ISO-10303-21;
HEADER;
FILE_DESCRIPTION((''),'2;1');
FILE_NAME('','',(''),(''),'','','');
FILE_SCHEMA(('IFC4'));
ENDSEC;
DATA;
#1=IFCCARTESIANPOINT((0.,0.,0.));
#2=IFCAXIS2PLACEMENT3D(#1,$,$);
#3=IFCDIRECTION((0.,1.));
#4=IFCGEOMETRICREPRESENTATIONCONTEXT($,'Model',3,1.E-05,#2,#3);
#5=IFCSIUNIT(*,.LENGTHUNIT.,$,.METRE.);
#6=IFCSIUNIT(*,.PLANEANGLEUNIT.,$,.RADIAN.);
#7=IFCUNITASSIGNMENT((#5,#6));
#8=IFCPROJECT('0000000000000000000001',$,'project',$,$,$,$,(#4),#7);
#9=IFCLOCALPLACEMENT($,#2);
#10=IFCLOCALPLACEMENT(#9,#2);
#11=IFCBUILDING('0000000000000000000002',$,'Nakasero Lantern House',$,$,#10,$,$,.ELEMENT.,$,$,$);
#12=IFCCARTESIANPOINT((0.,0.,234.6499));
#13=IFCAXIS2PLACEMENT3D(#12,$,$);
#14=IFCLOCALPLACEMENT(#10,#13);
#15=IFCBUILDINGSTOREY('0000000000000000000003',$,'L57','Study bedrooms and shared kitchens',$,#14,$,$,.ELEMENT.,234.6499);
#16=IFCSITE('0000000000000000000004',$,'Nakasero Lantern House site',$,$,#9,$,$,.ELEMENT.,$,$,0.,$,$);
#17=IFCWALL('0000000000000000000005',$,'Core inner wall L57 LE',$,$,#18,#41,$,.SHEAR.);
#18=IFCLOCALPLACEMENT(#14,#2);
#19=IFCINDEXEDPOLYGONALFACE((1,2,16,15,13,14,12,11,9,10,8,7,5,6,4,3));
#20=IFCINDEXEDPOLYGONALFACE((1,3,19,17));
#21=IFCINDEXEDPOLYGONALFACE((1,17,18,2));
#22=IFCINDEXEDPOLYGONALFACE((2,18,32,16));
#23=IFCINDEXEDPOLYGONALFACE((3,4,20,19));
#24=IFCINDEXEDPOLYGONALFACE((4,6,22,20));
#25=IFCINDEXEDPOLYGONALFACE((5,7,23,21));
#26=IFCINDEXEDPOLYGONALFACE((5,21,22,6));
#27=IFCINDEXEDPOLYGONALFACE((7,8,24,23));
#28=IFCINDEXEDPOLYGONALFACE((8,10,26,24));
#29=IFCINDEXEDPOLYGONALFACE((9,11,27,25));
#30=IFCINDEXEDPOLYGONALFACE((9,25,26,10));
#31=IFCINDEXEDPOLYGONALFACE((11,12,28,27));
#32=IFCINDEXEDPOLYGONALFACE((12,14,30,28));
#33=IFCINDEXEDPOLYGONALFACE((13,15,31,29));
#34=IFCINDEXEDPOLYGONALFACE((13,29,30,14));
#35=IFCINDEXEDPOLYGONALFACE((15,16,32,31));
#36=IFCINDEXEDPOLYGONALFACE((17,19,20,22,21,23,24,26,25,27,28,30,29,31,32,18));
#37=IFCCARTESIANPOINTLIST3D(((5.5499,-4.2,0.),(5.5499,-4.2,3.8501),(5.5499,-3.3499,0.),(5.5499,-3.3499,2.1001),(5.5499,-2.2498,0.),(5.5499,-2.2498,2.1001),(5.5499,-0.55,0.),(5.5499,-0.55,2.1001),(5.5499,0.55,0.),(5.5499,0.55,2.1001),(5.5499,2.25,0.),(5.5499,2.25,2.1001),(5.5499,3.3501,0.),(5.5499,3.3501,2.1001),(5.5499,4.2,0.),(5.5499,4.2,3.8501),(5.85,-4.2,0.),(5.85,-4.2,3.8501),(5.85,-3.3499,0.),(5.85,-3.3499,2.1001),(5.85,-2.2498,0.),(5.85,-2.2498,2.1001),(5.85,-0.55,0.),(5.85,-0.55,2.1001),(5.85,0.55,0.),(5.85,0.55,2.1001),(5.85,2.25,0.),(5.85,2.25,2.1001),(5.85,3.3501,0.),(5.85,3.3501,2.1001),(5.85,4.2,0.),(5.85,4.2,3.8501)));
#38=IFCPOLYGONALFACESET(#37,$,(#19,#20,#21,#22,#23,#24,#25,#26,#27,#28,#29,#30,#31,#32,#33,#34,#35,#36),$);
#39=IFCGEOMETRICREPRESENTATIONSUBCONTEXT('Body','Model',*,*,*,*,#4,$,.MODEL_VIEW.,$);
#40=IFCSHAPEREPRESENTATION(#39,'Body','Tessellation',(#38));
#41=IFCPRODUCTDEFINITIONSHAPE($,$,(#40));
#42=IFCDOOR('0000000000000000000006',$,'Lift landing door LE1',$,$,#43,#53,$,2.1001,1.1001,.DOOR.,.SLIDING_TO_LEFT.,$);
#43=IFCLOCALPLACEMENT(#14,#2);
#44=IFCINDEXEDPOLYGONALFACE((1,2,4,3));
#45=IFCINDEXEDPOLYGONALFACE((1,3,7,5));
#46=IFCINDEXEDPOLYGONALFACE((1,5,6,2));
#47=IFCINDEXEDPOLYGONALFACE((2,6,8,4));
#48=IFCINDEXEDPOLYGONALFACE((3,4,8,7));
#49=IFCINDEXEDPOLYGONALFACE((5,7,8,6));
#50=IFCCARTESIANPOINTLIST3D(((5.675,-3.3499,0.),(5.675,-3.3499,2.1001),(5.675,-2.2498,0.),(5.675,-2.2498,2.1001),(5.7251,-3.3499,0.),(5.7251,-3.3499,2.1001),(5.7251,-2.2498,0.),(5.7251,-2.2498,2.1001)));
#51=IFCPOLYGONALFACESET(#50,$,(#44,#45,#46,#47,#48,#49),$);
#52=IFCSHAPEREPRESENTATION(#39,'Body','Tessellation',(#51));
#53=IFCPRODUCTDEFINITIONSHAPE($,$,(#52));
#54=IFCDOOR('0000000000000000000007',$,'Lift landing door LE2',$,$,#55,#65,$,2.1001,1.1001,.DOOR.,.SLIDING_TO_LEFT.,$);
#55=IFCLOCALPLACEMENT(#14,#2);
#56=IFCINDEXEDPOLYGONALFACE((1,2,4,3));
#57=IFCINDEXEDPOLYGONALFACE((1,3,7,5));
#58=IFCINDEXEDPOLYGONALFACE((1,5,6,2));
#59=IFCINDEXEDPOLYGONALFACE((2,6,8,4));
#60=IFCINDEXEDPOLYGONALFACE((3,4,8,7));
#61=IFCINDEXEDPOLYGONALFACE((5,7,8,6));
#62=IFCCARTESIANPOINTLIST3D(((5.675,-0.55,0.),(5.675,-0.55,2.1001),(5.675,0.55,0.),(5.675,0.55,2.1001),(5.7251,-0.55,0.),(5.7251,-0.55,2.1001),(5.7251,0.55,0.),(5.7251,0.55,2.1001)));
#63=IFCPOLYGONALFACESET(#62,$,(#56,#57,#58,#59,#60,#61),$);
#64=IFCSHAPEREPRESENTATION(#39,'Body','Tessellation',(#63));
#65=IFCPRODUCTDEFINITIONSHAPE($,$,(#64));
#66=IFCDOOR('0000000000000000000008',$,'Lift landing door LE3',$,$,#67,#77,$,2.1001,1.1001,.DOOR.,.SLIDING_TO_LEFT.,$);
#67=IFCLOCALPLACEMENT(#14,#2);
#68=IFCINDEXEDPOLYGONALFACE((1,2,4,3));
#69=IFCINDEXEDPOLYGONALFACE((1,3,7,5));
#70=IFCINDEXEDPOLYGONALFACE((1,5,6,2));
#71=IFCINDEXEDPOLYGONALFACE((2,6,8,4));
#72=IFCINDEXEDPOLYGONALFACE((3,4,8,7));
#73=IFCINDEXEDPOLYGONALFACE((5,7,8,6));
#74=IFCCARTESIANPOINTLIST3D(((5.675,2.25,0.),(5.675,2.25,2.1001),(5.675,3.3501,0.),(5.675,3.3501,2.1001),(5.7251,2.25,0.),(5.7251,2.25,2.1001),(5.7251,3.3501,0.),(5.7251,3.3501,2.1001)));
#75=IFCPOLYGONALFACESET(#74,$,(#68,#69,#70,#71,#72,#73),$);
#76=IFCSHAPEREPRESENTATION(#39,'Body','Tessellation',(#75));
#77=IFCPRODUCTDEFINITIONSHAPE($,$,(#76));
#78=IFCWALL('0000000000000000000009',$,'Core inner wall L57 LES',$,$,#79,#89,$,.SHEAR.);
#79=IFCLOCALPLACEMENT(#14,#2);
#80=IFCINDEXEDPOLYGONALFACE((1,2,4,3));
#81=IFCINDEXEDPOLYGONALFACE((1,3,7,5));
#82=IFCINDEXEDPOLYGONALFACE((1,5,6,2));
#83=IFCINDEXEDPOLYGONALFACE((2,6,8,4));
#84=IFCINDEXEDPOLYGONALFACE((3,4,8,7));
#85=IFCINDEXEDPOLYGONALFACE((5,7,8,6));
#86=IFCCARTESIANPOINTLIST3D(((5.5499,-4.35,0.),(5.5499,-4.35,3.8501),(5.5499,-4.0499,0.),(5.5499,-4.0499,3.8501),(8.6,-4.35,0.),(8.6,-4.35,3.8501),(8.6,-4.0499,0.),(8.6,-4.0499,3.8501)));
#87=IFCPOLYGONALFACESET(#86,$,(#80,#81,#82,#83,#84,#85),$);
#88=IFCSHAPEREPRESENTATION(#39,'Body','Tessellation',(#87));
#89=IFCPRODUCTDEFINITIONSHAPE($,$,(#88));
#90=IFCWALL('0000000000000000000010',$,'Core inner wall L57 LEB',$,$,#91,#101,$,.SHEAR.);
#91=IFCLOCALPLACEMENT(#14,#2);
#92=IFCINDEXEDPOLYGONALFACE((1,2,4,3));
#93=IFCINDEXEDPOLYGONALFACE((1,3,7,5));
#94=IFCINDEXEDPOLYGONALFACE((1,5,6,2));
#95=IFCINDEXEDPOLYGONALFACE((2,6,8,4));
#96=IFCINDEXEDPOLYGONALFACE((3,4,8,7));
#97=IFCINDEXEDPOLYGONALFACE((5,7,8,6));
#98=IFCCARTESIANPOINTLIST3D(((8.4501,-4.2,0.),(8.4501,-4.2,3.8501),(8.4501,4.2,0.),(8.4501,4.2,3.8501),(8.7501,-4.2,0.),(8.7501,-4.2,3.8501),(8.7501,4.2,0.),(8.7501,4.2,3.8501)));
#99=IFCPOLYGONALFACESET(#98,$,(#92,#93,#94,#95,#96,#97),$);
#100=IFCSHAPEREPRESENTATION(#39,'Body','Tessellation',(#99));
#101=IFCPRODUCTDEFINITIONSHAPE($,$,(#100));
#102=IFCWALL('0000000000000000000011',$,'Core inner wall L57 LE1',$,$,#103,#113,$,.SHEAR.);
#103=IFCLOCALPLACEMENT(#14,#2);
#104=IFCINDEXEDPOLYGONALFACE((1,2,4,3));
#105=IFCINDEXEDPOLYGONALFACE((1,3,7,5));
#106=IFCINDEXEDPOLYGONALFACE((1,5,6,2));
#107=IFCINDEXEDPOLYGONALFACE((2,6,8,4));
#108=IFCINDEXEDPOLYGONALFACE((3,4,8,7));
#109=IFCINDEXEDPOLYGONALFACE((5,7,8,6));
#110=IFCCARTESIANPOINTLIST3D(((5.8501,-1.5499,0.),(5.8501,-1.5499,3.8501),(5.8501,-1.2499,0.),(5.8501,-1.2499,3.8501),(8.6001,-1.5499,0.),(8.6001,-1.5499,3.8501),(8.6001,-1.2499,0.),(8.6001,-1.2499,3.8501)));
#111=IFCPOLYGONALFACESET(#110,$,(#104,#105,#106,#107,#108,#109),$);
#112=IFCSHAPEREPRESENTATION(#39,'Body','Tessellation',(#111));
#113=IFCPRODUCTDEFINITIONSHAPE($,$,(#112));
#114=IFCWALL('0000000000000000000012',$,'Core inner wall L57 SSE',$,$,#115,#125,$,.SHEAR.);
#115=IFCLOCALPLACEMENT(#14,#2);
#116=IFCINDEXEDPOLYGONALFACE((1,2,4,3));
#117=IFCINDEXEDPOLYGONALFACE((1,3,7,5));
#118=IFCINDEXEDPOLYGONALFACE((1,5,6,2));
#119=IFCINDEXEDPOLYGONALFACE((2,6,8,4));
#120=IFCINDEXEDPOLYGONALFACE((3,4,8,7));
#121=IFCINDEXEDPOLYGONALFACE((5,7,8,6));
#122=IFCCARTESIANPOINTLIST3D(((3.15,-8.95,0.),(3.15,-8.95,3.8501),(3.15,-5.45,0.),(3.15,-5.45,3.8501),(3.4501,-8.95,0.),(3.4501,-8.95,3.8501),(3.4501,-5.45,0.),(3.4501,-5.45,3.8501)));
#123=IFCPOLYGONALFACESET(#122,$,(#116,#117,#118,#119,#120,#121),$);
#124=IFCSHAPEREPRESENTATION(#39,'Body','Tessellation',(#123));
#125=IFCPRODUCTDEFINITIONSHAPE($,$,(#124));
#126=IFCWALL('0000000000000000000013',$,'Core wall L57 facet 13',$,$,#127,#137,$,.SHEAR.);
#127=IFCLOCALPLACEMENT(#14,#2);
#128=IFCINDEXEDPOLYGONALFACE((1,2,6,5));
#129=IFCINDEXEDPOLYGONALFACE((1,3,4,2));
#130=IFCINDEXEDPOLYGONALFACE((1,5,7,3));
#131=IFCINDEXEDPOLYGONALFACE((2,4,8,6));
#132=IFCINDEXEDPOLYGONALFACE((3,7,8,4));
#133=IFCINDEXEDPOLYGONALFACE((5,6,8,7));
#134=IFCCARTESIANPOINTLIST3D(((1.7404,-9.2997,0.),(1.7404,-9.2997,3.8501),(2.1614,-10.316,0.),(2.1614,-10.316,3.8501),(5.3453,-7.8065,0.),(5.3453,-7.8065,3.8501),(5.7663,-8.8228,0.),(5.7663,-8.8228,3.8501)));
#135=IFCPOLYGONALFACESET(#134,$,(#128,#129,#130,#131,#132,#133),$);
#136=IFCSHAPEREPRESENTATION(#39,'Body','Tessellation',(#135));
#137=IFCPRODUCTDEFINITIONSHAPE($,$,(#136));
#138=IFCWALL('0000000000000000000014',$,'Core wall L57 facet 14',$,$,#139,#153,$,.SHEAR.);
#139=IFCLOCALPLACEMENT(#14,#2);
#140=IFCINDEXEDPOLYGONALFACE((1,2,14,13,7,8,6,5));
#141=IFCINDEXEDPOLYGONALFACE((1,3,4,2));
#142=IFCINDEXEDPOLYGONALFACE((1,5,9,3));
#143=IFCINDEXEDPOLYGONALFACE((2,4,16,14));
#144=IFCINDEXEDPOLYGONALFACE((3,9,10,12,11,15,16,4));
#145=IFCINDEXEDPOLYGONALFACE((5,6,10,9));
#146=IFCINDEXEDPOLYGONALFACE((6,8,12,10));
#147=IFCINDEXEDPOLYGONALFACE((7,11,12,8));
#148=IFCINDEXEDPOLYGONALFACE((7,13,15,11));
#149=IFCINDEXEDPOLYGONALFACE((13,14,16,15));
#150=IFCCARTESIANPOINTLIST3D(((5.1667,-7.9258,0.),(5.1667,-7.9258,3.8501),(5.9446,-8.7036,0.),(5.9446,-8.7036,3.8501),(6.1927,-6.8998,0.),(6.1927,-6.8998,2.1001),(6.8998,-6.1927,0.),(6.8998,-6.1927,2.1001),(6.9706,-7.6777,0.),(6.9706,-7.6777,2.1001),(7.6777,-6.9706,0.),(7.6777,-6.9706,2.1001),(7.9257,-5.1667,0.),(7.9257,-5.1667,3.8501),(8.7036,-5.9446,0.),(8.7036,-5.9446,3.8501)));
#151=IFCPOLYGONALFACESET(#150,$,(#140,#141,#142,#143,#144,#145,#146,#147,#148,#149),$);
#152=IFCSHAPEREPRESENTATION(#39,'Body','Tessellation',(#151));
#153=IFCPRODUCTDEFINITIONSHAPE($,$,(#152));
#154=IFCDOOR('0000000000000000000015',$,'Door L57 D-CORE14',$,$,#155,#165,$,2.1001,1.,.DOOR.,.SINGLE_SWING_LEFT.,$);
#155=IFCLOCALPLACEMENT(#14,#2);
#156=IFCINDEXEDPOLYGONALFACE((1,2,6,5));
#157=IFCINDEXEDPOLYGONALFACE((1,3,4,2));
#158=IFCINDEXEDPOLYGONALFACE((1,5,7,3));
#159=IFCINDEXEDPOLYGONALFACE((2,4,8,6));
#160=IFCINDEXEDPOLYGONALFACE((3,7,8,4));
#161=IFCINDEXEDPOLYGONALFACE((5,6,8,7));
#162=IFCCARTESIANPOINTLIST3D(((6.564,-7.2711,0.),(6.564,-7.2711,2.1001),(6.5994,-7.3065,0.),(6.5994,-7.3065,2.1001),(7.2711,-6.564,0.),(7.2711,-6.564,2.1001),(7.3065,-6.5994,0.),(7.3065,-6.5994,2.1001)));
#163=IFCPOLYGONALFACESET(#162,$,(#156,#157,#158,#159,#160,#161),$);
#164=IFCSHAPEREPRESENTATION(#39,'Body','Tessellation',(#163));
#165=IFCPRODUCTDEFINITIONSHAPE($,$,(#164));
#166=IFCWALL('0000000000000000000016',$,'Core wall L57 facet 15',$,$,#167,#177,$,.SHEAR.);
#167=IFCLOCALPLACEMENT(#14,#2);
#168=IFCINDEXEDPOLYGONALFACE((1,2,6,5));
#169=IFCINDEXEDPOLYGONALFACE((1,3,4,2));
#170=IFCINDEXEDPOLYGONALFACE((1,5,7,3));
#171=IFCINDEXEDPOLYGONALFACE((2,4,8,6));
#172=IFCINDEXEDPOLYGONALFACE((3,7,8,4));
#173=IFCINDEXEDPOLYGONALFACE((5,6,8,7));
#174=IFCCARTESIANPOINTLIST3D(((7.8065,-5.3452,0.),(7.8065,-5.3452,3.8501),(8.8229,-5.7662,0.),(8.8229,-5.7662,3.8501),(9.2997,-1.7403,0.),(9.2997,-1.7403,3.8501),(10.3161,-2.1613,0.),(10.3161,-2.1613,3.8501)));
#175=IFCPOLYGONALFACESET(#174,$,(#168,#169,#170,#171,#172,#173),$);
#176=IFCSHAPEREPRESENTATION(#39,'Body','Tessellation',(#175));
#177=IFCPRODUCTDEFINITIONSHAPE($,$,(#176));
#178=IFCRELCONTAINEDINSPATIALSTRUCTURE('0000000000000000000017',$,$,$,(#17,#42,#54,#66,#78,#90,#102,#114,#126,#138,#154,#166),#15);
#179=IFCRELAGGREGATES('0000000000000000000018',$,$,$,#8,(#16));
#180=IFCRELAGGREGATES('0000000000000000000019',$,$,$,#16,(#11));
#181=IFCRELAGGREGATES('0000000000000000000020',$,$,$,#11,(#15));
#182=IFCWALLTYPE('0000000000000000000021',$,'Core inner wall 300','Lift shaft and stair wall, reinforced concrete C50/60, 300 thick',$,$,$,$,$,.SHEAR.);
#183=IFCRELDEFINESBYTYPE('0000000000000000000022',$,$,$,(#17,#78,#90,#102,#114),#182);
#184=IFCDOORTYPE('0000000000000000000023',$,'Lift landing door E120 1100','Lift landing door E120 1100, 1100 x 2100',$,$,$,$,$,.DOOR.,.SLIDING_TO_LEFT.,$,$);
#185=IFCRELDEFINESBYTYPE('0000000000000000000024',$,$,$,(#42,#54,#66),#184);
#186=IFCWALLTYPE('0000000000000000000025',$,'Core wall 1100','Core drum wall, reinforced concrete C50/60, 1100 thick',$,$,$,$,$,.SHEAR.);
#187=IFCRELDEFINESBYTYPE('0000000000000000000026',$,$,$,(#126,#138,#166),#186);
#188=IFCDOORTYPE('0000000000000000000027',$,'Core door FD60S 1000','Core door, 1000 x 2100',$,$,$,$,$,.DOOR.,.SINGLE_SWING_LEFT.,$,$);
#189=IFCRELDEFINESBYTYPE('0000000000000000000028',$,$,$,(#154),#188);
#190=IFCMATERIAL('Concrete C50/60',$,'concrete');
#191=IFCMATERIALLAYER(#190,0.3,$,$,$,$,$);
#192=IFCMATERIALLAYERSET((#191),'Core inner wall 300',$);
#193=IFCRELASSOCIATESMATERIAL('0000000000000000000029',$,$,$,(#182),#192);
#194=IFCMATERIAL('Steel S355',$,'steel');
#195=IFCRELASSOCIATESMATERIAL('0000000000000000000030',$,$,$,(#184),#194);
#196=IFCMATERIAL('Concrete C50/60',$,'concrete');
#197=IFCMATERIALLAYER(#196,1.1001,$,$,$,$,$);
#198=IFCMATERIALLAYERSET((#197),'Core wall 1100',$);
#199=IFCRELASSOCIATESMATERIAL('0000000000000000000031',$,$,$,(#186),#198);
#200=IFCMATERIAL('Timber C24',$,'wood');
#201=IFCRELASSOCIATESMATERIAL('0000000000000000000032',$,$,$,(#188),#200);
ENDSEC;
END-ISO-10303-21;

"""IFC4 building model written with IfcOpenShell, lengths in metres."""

from ifc_helpers import new_model, si_unit, direction, frame, frame_2d, origin, place, context, subcontext, project, spatial, rectangle, extrude, material, layer, layer_set, type_object, element, fill, save


model = new_model("IFC4")

# Units and contexts
model_context = context("Model", 3, precision=1e-05, world=origin(), true_north=direction((0.0, 1.0)))
body_context = subcontext(model_context, "Body", "Model", "MODEL_VIEW")
ifc_project = project(units=[si_unit("LENGTHUNIT", "METRE"), si_unit("PLANEANGLEUNIT", "RADIAN")], contexts=[model_context])

# Site, building, storey
site_placement = place(None, origin())
site = spatial("IfcSite", under=ifc_project, at=site_placement, Name="Nakasero Lantern House site", CompositionType="ELEMENT", RefElevation=0.0)
building_placement = place(site_placement, origin())
building = spatial("IfcBuilding", under=site, at=building_placement, Name="Nakasero Lantern House", CompositionType="ELEMENT")
storey_placement = place(building_placement, frame((0.0, 0.0, 234.6499)))
storey = spatial("IfcBuildingStorey", under=building, at=storey_placement, Name="L57", Description="Study bedrooms and shared kitchens", CompositionType="ELEMENT", Elevation=234.6499)

# Wall, openings, doors
ifc_material_1 = material(Name="Concrete C50/60", Category="concrete")
ifc_layer_1 = layer(ifc_material_1, 0.3)
ifc_layer_set_1 = layer_set([ifc_layer_1], Name="Core inner wall 300")
wall_type_1 = type_object("IfcWallType", Name="Core inner wall 300", Description="Lift shaft and stair wall, reinforced concrete C50/60, 300 thick", PredefinedType="SHEAR", material=ifc_layer_set_1)
wall_1_placement = place(storey_placement, frame((5.7, -4.2, 0.0), z_axis=(0.0, 0.0, 1.0), x_axis=(0.0, 1.0, 0.0)))
wall_1 = element("IfcWall", 1, at=wall_1_placement, inside=storey, type_object=wall_type_1, Name="Core inner wall L57 LE", PredefinedType="SHEAR", context=body_context, shape_type="SweptSolid", body=[
    extrude(rectangle(XDim=8.3999, YDim=0.3, at=frame_2d((4.2, 0.0))), origin(), (0.0, 0.0, 1.0), 3.8501),
])
opening_1_placement = place(wall_1_placement, frame((0.8501, 0.0, 0.0)))
opening_1 = element("IfcOpeningElement", 2, at=opening_1_placement, cuts=wall_1, PredefinedType="OPENING", context=body_context, shape_type="SweptSolid", body=[
    extrude(rectangle(XDim=1.1001, YDim=2.1001, at=frame_2d((0.55, 1.05))), frame((0.0, 0.1699, 0.0), z_axis=(0.0, -1.0, 0.0), x_axis=(1.0, 0.0, 0.0)), (0.0, 0.0, 1.0), 0.3401),
])
opening_2_placement = place(wall_1_placement, frame((3.6499, 0.0, 0.0)))
opening_2 = element("IfcOpeningElement", 3, at=opening_2_placement, cuts=wall_1, PredefinedType="OPENING", context=body_context, shape_type="SweptSolid", body=[
    extrude(rectangle(XDim=1.1001, YDim=2.1001, at=frame_2d((0.55, 1.05))), frame((0.0, 0.1699, 0.0), z_axis=(0.0, -1.0, 0.0), x_axis=(1.0, 0.0, 0.0)), (0.0, 0.0, 1.0), 0.3401),
])
opening_3_placement = place(wall_1_placement, frame((6.45, 0.0, 0.0)))
opening_3 = element("IfcOpeningElement", 4, at=opening_3_placement, cuts=wall_1, PredefinedType="OPENING", context=body_context, shape_type="SweptSolid", body=[
    extrude(rectangle(XDim=1.1001, YDim=2.1001, at=frame_2d((0.55, 1.05))), frame((0.0, 0.1699, 0.0), z_axis=(0.0, -1.0, 0.0), x_axis=(1.0, 0.0, 0.0)), (0.0, 0.0, 1.0), 0.3401),
])
ifc_material_2 = material(Name="Steel S355", Category="steel")
door_type_1 = type_object("IfcDoorType", Name="Lift landing door E120 1100", Description="Lift landing door E120 1100, 1100 x 2100", OperationType="SLIDING_TO_LEFT", PredefinedType="DOOR", material=ifc_material_2)
door_1_placement = place(opening_1_placement, origin())
door_1 = element("IfcDoor", 5, at=door_1_placement, inside=storey, type_object=door_type_1, Name="Lift landing door LE1", OperationType="SLIDING_TO_LEFT", OverallHeight=2.1001, OverallWidth=1.1001, PredefinedType="DOOR", context=body_context, shape_type="SweptSolid", body=[
    extrude(rectangle(XDim=1.1001, YDim=2.1001, at=frame_2d((0.55, 1.05))), frame((0.0, 0.0249, 0.0), z_axis=(0.0, -1.0, 0.0), x_axis=(1.0, 0.0, 0.0)), (0.0, 0.0, 1.0), 0.05),
])
fill(opening_1, door_1)
door_2_placement = place(opening_2_placement, origin())
door_2 = element("IfcDoor", 6, at=door_2_placement, inside=storey, type_object=door_type_1, Name="Lift landing door LE2", OperationType="SLIDING_TO_LEFT", OverallHeight=2.1001, OverallWidth=1.1001, PredefinedType="DOOR", context=body_context, shape_type="SweptSolid", body=[
    extrude(rectangle(XDim=1.1001, YDim=2.1001, at=frame_2d((0.55, 1.05))), frame((0.0, 0.0249, 0.0), z_axis=(0.0, -1.0, 0.0), x_axis=(1.0, 0.0, 0.0)), (0.0, 0.0, 1.0), 0.05),
])
fill(opening_2, door_2)
door_3_placement = place(opening_3_placement, origin())
door_3 = element("IfcDoor", 7, at=door_3_placement, inside=storey, type_object=door_type_1, Name="Lift landing door LE3", OperationType="SLIDING_TO_LEFT", OverallHeight=2.1001, OverallWidth=1.1001, PredefinedType="DOOR", context=body_context, shape_type="SweptSolid", body=[
    extrude(rectangle(XDim=1.1001, YDim=2.1001, at=frame_2d((0.55, 1.05))), frame((0.0, 0.0249, 0.0), z_axis=(0.0, -1.0, 0.0), x_axis=(1.0, 0.0, 0.0)), (0.0, 0.0, 1.0), 0.05),
])
fill(opening_3, door_3)

# Walls
wall_2_placement = place(storey_placement, frame((5.55, -4.2, 0.0), z_axis=(0.0, 0.0, 1.0), x_axis=(1.0, 0.0, 0.0)))
element("IfcWall", 8, at=wall_2_placement, inside=storey, type_object=wall_type_1, Name="Core inner wall L57 LES", PredefinedType="SHEAR", context=body_context, shape_type="SweptSolid", body=[
    extrude(rectangle(XDim=3.05, YDim=0.3, at=frame_2d((1.5249, 0.0))), origin(), (0.0, 0.0, 1.0), 3.8501),
])
wall_3_placement = place(storey_placement, frame((8.6001, -4.2, 0.0), z_axis=(0.0, 0.0, 1.0), x_axis=(0.0, 1.0, 0.0)))
element("IfcWall", 9, at=wall_3_placement, inside=storey, type_object=wall_type_1, Name="Core inner wall L57 LEB", PredefinedType="SHEAR", context=body_context, shape_type="SweptSolid", body=[
    extrude(rectangle(XDim=8.3999, YDim=0.3, at=frame_2d((4.2, 0.0))), origin(), (0.0, 0.0, 1.0), 3.8501),
])
wall_4_placement = place(storey_placement, frame((5.8501, -1.3999, 0.0), z_axis=(0.0, 0.0, 1.0), x_axis=(1.0, 0.0, 0.0)))
element("IfcWall", 10, at=wall_4_placement, inside=storey, type_object=wall_type_1, Name="Core inner wall L57 LE1", PredefinedType="SHEAR", context=body_context, shape_type="SweptSolid", body=[
    extrude(rectangle(XDim=2.75, YDim=0.3, at=frame_2d((1.375, 0.0))), origin(), (0.0, 0.0, 1.0), 3.8501),
])
wall_5_placement = place(storey_placement, frame((3.3, -5.45, 0.0), z_axis=(0.0, 0.0, 1.0), x_axis=(0.0, -1.0, 0.0)))
element("IfcWall", 11, at=wall_5_placement, inside=storey, type_object=wall_type_1, Name="Core inner wall L57 SSE", PredefinedType="SHEAR", context=body_context, shape_type="SweptSolid", body=[
    extrude(rectangle(XDim=3.5, YDim=0.3, at=frame_2d((1.75, 0.0))), origin(), (0.0, 0.0, 1.0), 3.8501),
])
ifc_material_3 = material(Name="Concrete C50/60", Category="concrete")
ifc_layer_2 = layer(ifc_material_3, 1.1001)
ifc_layer_set_2 = layer_set([ifc_layer_2], Name="Core wall 1100")
wall_type_2 = type_object("IfcWallType", Name="Core wall 1100", Description="Core drum wall, reinforced concrete C50/60, 1100 thick", PredefinedType="SHEAR", material=ifc_layer_set_2)
wall_6_placement = place(storey_placement, frame((1.9509, -9.8079, 0.0), z_axis=(0.0, 0.0, 1.0), x_axis=(0.923877, 0.382691, 0.0)))
element("IfcWall", 12, at=wall_6_placement, inside=storey, type_object=wall_type_2, Name="Core wall L57 facet 13", PredefinedType="SHEAR", context=body_context, shape_type="SweptSolid", body=[
    extrude(rectangle(XDim=3.9019, YDim=1.1001, at=frame_2d((1.9509, 0.0))), origin(), (0.0, 0.0, 1.0), 3.8501),
])

# Wall, opening, door
wall_7_placement = place(storey_placement, frame((5.5557, -8.3147, 0.0), z_axis=(0.0, 0.0, 1.0), x_axis=(0.707107, 0.707107, 0.0)))
wall_7 = element("IfcWall", 13, at=wall_7_placement, inside=storey, type_object=wall_type_2, Name="Core wall L57 facet 14", PredefinedType="SHEAR", context=body_context, shape_type="SweptSolid", body=[
    extrude(rectangle(XDim=3.9019, YDim=1.1001, at=frame_2d((1.9509, 0.0))), origin(), (0.0, 0.0, 1.0), 3.8501),
])
opening_4_placement = place(wall_7_placement, frame((1.4509, 0.0, 0.0)))
opening_4 = element("IfcOpeningElement", 14, at=opening_4_placement, cuts=wall_7, PredefinedType="OPENING", context=body_context, shape_type="SweptSolid", body=[
    extrude(rectangle(XDim=1.0, YDim=2.1001, at=frame_2d((0.5, 1.05))), frame((0.0, 0.5701, 0.0), z_axis=(0.0, -1.0, 0.0), x_axis=(1.0, 0.0, 0.0)), (0.0, 0.0, 1.0), 1.1401),
])
ifc_material_4 = material(Name="Timber C24", Category="wood")
door_type_2 = type_object("IfcDoorType", Name="Core door FD60S 1000", Description="Core door, 1000 x 2100", OperationType="SINGLE_SWING_LEFT", PredefinedType="DOOR", material=ifc_material_4)
door_4_placement = place(opening_4_placement, origin())
door_4 = element("IfcDoor", 15, at=door_4_placement, inside=storey, type_object=door_type_2, Name="Door L57 D-CORE14", OperationType="SINGLE_SWING_LEFT", OverallHeight=2.1001, OverallWidth=1.0, PredefinedType="DOOR", context=body_context, shape_type="SweptSolid", body=[
    extrude(rectangle(XDim=1.0, YDim=2.1001, at=frame_2d((0.5, 1.05))), frame((0.0, 0.0249, 0.0), z_axis=(0.0, -1.0, 0.0), x_axis=(1.0, 0.0, 0.0)), (0.0, 0.0, 1.0), 0.05),
])
fill(opening_4, door_4)

# Wall
wall_8_placement = place(storey_placement, frame((8.3147, -5.5557, 0.0), z_axis=(0.0, 0.0, 1.0), x_axis=(0.382691, 0.923877, 0.0)))
element("IfcWall", 16, at=wall_8_placement, inside=storey, type_object=wall_type_2, Name="Core wall L57 facet 15", PredefinedType="SHEAR", context=body_context, shape_type="SweptSolid", body=[
    extrude(rectangle(XDim=3.9019, YDim=1.1001, at=frame_2d((1.9509, 0.0))), origin(), (0.0, 0.0, 1.0), 3.8501),
])

save(model, "model.ifc")
